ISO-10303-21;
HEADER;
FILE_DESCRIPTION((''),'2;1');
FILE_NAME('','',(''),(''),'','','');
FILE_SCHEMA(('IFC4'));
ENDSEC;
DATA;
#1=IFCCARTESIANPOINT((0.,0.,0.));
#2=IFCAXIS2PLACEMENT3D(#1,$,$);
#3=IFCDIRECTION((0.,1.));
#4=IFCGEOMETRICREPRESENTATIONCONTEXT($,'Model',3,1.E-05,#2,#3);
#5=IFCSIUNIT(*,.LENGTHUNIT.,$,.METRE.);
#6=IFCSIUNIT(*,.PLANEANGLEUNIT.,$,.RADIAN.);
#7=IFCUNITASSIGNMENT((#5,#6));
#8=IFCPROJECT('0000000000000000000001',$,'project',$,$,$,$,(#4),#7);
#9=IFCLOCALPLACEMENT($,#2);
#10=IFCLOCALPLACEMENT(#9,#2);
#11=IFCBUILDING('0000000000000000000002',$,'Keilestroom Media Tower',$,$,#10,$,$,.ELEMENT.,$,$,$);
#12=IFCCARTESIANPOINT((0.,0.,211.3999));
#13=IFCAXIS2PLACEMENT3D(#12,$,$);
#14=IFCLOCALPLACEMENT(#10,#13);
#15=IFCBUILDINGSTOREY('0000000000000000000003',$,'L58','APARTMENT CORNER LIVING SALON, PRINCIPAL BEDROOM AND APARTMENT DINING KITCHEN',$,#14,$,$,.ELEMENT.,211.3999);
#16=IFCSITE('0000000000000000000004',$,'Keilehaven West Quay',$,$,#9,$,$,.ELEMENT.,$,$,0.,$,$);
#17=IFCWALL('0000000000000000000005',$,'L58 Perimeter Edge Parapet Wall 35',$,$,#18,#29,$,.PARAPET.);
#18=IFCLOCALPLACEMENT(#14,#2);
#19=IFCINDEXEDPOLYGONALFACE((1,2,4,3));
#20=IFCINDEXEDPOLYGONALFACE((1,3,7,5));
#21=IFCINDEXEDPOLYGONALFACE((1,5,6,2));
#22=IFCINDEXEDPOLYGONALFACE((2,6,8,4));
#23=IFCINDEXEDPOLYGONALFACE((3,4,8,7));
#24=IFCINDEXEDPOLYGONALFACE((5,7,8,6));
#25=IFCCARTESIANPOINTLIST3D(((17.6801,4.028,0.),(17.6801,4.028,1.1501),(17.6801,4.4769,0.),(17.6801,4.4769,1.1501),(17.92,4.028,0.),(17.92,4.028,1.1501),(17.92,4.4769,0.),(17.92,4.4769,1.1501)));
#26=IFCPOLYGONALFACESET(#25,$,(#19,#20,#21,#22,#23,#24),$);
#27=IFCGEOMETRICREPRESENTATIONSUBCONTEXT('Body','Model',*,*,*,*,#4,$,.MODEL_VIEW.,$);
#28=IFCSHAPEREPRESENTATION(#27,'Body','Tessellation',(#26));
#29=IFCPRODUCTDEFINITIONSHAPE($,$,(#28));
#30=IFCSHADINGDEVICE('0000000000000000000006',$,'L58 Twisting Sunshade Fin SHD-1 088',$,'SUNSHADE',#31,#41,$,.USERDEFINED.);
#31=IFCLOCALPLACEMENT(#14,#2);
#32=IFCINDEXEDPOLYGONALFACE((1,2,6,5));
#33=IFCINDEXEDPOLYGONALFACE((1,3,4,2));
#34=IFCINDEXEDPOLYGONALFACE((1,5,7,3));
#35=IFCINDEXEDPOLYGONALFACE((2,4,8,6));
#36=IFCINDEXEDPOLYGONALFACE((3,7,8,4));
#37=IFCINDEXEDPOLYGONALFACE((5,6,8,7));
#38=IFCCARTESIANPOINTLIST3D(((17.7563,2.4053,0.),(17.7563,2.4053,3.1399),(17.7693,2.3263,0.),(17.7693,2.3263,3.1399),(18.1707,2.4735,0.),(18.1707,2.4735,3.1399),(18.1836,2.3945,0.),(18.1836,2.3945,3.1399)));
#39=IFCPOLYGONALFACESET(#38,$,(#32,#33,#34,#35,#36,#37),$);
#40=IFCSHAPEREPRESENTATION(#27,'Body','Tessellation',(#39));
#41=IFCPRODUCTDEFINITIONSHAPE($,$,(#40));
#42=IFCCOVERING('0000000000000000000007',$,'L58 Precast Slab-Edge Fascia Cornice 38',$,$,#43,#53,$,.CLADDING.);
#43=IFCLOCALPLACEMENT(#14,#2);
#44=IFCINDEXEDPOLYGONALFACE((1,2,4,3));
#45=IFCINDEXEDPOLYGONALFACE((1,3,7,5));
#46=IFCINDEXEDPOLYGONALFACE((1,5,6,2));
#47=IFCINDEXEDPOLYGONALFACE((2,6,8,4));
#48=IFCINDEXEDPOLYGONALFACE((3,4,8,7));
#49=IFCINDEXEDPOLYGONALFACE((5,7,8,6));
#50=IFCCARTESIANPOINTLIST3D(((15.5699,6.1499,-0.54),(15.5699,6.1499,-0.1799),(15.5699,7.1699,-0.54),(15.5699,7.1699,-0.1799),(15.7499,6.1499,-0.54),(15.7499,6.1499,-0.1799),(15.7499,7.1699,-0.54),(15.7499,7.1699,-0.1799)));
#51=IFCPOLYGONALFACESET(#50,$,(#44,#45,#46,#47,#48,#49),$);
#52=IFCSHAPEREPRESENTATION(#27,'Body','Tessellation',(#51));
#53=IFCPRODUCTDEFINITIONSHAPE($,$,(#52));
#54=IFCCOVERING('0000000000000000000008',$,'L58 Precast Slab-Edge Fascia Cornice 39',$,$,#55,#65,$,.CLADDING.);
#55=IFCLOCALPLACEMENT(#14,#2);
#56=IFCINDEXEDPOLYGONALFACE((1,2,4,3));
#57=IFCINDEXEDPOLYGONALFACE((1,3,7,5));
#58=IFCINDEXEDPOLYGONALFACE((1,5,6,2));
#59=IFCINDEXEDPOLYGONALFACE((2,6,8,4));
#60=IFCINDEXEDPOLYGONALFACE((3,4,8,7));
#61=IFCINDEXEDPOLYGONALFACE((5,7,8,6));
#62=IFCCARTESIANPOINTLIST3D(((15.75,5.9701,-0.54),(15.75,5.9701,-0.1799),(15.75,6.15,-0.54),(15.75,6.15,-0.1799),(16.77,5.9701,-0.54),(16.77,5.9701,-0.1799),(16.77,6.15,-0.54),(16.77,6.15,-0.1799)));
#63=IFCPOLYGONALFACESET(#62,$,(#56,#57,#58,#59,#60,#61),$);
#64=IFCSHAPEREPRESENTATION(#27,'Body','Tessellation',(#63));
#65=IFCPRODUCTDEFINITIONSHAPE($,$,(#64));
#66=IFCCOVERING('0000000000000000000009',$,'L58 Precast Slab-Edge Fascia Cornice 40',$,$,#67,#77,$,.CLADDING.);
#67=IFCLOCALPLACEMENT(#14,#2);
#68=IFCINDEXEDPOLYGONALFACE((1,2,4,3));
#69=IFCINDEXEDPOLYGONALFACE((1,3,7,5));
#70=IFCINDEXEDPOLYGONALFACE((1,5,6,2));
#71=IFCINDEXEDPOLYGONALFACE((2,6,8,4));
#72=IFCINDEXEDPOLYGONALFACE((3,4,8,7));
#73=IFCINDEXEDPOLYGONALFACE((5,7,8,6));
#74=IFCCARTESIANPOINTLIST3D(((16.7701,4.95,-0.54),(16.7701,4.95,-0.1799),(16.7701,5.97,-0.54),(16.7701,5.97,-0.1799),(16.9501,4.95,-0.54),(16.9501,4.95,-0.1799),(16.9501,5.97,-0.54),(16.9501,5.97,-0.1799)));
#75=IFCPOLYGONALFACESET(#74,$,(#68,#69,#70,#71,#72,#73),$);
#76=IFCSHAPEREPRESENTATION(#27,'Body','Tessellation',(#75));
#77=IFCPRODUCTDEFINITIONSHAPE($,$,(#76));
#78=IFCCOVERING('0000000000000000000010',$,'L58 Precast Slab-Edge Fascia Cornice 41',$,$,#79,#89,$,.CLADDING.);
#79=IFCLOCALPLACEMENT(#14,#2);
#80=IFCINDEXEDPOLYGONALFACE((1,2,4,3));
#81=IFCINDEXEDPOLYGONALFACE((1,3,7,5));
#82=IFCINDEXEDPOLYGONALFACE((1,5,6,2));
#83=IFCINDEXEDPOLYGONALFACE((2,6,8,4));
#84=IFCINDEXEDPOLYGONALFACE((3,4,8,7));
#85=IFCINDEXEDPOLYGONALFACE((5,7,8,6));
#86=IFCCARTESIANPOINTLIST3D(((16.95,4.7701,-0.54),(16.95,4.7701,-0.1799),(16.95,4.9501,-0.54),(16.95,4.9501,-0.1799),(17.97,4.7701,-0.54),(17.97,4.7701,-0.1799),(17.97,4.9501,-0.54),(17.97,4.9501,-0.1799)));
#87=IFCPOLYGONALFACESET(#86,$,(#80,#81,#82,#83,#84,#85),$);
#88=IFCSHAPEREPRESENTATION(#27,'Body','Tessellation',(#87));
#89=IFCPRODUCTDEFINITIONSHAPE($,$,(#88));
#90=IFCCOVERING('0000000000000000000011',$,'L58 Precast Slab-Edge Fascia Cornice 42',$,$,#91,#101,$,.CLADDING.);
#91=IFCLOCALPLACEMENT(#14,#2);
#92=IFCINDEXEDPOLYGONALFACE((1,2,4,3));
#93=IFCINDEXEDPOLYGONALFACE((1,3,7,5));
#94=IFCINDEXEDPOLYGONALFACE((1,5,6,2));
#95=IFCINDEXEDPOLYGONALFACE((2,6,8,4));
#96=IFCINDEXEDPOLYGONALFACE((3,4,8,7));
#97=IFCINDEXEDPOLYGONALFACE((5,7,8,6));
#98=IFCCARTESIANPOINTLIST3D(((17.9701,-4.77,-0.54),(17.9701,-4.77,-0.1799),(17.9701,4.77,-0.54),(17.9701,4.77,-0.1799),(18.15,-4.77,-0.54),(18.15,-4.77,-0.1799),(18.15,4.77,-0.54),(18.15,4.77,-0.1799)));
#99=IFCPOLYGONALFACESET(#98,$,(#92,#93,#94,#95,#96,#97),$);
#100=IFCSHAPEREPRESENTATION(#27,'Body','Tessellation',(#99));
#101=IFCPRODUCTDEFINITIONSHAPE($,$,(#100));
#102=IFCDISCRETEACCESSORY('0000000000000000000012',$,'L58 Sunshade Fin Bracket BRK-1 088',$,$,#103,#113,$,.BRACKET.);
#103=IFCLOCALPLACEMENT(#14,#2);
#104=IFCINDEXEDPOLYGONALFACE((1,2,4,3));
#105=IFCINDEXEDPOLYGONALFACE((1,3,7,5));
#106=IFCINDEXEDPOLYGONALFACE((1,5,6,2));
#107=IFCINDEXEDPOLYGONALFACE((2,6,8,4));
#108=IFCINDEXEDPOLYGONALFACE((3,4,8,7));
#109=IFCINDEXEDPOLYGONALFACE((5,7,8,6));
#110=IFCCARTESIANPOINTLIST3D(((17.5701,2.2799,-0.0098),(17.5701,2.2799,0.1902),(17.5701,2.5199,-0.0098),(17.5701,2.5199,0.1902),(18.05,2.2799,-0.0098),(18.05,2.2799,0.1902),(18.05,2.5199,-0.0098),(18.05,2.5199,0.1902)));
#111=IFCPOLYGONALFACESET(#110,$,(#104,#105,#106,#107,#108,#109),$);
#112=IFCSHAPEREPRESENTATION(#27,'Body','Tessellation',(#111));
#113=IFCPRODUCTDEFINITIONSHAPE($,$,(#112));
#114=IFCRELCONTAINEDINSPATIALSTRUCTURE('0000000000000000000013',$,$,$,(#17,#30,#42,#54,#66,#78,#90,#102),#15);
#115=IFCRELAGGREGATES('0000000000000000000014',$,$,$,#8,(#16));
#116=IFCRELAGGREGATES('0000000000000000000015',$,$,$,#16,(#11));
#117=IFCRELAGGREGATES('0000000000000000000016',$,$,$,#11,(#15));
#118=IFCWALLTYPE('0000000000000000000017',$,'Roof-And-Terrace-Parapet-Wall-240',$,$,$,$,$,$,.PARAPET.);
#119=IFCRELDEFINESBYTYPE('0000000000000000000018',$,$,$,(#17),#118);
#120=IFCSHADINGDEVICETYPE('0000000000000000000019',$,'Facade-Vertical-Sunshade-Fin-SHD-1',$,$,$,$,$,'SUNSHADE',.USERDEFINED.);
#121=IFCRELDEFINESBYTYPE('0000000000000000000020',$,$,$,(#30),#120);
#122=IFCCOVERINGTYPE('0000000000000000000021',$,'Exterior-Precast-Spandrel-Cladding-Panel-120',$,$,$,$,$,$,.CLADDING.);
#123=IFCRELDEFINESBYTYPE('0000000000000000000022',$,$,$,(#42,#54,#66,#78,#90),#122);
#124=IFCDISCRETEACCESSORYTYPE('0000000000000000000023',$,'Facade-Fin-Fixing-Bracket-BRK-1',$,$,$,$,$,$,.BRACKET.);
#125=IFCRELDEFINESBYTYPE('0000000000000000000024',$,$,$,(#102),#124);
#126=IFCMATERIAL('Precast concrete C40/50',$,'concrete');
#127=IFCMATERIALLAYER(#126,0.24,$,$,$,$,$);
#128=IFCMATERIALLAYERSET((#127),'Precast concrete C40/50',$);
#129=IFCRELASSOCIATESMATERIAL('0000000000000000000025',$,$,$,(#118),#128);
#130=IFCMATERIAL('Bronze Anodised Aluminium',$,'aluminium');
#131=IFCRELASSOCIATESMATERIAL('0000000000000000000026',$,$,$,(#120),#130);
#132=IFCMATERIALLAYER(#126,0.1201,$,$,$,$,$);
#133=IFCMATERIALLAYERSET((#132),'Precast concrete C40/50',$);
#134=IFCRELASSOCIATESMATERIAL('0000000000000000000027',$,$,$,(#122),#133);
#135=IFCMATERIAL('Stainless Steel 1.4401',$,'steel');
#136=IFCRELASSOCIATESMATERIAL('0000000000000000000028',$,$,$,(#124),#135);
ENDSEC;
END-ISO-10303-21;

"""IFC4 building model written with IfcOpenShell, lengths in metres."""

from ifc_helpers import new_model, si_unit, direction, frame, frame_2d, origin, origin_2d, place, context, subcontext, project, spatial, rectangle, extrude, source, transform, mapped, material, layer, layer_set, type_object, element, save


model = new_model("IFC4")

# Units and contexts
model_context = context("Model", 3, precision=1e-05, world=origin(), true_north=direction((0.0, 1.0)))
body_context = subcontext(model_context, "Body", "Model", "MODEL_VIEW")
ifc_project = project(units=[si_unit("LENGTHUNIT", "METRE"), si_unit("PLANEANGLEUNIT", "RADIAN")], contexts=[model_context])

# Site, building, storey
site_placement = place(None, origin())
site = spatial("IfcSite", under=ifc_project, at=site_placement, Name="Keilehaven West Quay", CompositionType="ELEMENT", RefElevation=0.0)
building_placement = place(site_placement, origin())
building = spatial("IfcBuilding", under=site, at=building_placement, Name="Keilestroom Media Tower", CompositionType="ELEMENT")
storey_placement = place(building_placement, frame((0.0, 0.0, 211.3999)))
storey = spatial("IfcBuildingStorey", under=building, at=storey_placement, Name="L58", Description="APARTMENT CORNER LIVING SALON, PRINCIPAL BEDROOM AND APARTMENT DINING KITCHEN", CompositionType="ELEMENT", Elevation=211.3999)

# Shared definitions
ifc_material_1 = material(Name="Precast concrete C40/50", Category="concrete")

# Wall
ifc_layer_1 = layer(ifc_material_1, 0.24)
ifc_layer_set_1 = layer_set([ifc_layer_1], Name="Precast concrete C40/50")
wall_type_1 = type_object("IfcWallType", Name="Roof-And-Terrace-Parapet-Wall-240", PredefinedType="PARAPET", material=ifc_layer_set_1)
wall_1_placement = place(storey_placement, frame((17.8, 4.4771, 0.0), z_axis=(0.0, 0.0, 1.0), x_axis=(0.0, -1.0, 0.0)))
element("IfcWall", 1, at=wall_1_placement, inside=storey, type_object=wall_type_1, Name="L58 Perimeter Edge Parapet Wall 35", PredefinedType="PARAPET", context=body_context, shape_type="SweptSolid", body=[
    extrude(rectangle(XDim=0.449, YDim=0.24, at=frame_2d((0.2246, 0.0))), origin(), (0.0, 0.0, 1.0), 1.1501),
])

# Shading device
ifc_material_2 = material(Name="Bronze Anodised Aluminium", Category="aluminium")
shading_device_type = type_object("IfcShadingDeviceType", Name="Facade-Vertical-Sunshade-Fin-SHD-1", ElementType="SUNSHADE", PredefinedType="USERDEFINED", material=ifc_material_2)
shared_shape_1 = source(origin(), body_context, "Body", "SweptSolid", [
    extrude(rectangle(XDim=0.4199, YDim=0.0801, at=origin_2d()), origin(), (0.0, 0.0, 1.0), 3.1399),
])
shading_device_placement = place(storey_placement, frame((17.97, 2.3999, 0.0), z_axis=(0.0, 0.0, 1.0), x_axis=(0.986743, 0.162293, 0.0)))
element("IfcShadingDevice", 2, at=shading_device_placement, inside=storey, type_object=shading_device_type, Name="L58 Twisting Sunshade Fin SHD-1 088", ObjectType="SUNSHADE", PredefinedType="USERDEFINED", context=body_context, shape_type="MappedRepresentation", body=[
    mapped(shared_shape_1, transform((0.0, 0.0, 0.0), x_axis=(1.0, 0.0, 0.0), y_axis=(0.0, 1.0, 0.0), z_axis=(0.0, 0.0, 1.0), scale=1.0)),
])

# Coverings
ifc_layer_2 = layer(ifc_material_1, 0.1201)
ifc_layer_set_2 = layer_set([ifc_layer_2], Name="Precast concrete C40/50")
covering_type = type_object("IfcCoveringType", Name="Exterior-Precast-Spandrel-Cladding-Panel-120", PredefinedType="CLADDING", material=ifc_layer_set_2)
shared_shape_2 = source(origin(), body_context, "Body", "SweptSolid", [
    extrude(rectangle(XDim=1.02, YDim=0.1799, at=origin_2d()), origin(), (0.0, 0.0, 1.0), 0.3601),
])
for number, where, z_axis, x_axis, name in (
    (3, (15.6599, 6.6599, -0.54), (0.0, 0.0, 1.0), (0.0, -1.0, 0.0), "L58 Precast Slab-Edge Fascia Cornice 38"),
    (4, (16.26, 6.0601, -0.54), (0.0, 0.0, 1.0), (1.0, 0.0, 0.0), "L58 Precast Slab-Edge Fascia Cornice 39"),
    (5, (16.8601, 5.46, -0.54), (0.0, 0.0, 1.0), (0.0, -1.0, 0.0), "L58 Precast Slab-Edge Fascia Cornice 40"),
    (6, (17.46, 4.8601, -0.54), (0.0, 0.0, 1.0), (1.0, 0.0, 0.0), "L58 Precast Slab-Edge Fascia Cornice 41"),
):
    element("IfcCovering", number, at=place(storey_placement, frame(where, z_axis=z_axis, x_axis=x_axis)), inside=storey, type_object=covering_type, Name=name, PredefinedType="CLADDING", context=body_context, shape_type="MappedRepresentation", body=[
        mapped(shared_shape_2, transform((0.0, 0.0, 0.0), x_axis=(1.0, 0.0, 0.0), y_axis=(0.0, 1.0, 0.0), z_axis=(0.0, 0.0, 1.0), scale=1.0)),
    ])
shared_shape_3 = source(origin(), body_context, "Body", "SweptSolid", [
    extrude(rectangle(XDim=9.54, YDim=0.1799, at=origin_2d()), origin(), (0.0, 0.0, 1.0), 0.3601),
])
covering_placement = place(storey_placement, frame((18.0601, 0.0, -0.54), z_axis=(0.0, 0.0, 1.0), x_axis=(0.0, -1.0, 0.0)))
element("IfcCovering", 7, at=covering_placement, inside=storey, type_object=covering_type, Name="L58 Precast Slab-Edge Fascia Cornice 42", PredefinedType="CLADDING", context=body_context, shape_type="MappedRepresentation", body=[
    mapped(shared_shape_3, transform((0.0, 0.0, 0.0), x_axis=(1.0, 0.0, 0.0), y_axis=(0.0, 1.0, 0.0), z_axis=(0.0, 0.0, 1.0), scale=1.0)),
])

# Discrete accessory
ifc_material_3 = material(Name="Stainless Steel 1.4401", Category="steel")
discrete_accessory_type = type_object("IfcDiscreteAccessoryType", Name="Facade-Fin-Fixing-Bracket-BRK-1", PredefinedType="BRACKET", material=ifc_material_3)
shared_shape_4 = source(origin(), body_context, "Body", "SweptSolid", [
    extrude(rectangle(XDim=0.48, YDim=0.24, at=origin_2d()), origin(), (0.0, 0.0, 1.0), 0.2),
])
discrete_accessory_placement = place(storey_placement, frame((17.8101, 2.3999, -0.0098), z_axis=(0.0, 0.0, 1.0), x_axis=(1.0, 0.0, 0.0)))
element("IfcDiscreteAccessory", 8, at=discrete_accessory_placement, inside=storey, type_object=discrete_accessory_type, Name="L58 Sunshade Fin Bracket BRK-1 088", PredefinedType="BRACKET", context=body_context, shape_type="MappedRepresentation", body=[
    mapped(shared_shape_4, transform((0.0, 0.0, 0.0), x_axis=(1.0, 0.0, 0.0), y_axis=(0.0, 1.0, 0.0), z_axis=(0.0, 0.0, 1.0), scale=1.0)),
])

save(model, "model.ifc")
